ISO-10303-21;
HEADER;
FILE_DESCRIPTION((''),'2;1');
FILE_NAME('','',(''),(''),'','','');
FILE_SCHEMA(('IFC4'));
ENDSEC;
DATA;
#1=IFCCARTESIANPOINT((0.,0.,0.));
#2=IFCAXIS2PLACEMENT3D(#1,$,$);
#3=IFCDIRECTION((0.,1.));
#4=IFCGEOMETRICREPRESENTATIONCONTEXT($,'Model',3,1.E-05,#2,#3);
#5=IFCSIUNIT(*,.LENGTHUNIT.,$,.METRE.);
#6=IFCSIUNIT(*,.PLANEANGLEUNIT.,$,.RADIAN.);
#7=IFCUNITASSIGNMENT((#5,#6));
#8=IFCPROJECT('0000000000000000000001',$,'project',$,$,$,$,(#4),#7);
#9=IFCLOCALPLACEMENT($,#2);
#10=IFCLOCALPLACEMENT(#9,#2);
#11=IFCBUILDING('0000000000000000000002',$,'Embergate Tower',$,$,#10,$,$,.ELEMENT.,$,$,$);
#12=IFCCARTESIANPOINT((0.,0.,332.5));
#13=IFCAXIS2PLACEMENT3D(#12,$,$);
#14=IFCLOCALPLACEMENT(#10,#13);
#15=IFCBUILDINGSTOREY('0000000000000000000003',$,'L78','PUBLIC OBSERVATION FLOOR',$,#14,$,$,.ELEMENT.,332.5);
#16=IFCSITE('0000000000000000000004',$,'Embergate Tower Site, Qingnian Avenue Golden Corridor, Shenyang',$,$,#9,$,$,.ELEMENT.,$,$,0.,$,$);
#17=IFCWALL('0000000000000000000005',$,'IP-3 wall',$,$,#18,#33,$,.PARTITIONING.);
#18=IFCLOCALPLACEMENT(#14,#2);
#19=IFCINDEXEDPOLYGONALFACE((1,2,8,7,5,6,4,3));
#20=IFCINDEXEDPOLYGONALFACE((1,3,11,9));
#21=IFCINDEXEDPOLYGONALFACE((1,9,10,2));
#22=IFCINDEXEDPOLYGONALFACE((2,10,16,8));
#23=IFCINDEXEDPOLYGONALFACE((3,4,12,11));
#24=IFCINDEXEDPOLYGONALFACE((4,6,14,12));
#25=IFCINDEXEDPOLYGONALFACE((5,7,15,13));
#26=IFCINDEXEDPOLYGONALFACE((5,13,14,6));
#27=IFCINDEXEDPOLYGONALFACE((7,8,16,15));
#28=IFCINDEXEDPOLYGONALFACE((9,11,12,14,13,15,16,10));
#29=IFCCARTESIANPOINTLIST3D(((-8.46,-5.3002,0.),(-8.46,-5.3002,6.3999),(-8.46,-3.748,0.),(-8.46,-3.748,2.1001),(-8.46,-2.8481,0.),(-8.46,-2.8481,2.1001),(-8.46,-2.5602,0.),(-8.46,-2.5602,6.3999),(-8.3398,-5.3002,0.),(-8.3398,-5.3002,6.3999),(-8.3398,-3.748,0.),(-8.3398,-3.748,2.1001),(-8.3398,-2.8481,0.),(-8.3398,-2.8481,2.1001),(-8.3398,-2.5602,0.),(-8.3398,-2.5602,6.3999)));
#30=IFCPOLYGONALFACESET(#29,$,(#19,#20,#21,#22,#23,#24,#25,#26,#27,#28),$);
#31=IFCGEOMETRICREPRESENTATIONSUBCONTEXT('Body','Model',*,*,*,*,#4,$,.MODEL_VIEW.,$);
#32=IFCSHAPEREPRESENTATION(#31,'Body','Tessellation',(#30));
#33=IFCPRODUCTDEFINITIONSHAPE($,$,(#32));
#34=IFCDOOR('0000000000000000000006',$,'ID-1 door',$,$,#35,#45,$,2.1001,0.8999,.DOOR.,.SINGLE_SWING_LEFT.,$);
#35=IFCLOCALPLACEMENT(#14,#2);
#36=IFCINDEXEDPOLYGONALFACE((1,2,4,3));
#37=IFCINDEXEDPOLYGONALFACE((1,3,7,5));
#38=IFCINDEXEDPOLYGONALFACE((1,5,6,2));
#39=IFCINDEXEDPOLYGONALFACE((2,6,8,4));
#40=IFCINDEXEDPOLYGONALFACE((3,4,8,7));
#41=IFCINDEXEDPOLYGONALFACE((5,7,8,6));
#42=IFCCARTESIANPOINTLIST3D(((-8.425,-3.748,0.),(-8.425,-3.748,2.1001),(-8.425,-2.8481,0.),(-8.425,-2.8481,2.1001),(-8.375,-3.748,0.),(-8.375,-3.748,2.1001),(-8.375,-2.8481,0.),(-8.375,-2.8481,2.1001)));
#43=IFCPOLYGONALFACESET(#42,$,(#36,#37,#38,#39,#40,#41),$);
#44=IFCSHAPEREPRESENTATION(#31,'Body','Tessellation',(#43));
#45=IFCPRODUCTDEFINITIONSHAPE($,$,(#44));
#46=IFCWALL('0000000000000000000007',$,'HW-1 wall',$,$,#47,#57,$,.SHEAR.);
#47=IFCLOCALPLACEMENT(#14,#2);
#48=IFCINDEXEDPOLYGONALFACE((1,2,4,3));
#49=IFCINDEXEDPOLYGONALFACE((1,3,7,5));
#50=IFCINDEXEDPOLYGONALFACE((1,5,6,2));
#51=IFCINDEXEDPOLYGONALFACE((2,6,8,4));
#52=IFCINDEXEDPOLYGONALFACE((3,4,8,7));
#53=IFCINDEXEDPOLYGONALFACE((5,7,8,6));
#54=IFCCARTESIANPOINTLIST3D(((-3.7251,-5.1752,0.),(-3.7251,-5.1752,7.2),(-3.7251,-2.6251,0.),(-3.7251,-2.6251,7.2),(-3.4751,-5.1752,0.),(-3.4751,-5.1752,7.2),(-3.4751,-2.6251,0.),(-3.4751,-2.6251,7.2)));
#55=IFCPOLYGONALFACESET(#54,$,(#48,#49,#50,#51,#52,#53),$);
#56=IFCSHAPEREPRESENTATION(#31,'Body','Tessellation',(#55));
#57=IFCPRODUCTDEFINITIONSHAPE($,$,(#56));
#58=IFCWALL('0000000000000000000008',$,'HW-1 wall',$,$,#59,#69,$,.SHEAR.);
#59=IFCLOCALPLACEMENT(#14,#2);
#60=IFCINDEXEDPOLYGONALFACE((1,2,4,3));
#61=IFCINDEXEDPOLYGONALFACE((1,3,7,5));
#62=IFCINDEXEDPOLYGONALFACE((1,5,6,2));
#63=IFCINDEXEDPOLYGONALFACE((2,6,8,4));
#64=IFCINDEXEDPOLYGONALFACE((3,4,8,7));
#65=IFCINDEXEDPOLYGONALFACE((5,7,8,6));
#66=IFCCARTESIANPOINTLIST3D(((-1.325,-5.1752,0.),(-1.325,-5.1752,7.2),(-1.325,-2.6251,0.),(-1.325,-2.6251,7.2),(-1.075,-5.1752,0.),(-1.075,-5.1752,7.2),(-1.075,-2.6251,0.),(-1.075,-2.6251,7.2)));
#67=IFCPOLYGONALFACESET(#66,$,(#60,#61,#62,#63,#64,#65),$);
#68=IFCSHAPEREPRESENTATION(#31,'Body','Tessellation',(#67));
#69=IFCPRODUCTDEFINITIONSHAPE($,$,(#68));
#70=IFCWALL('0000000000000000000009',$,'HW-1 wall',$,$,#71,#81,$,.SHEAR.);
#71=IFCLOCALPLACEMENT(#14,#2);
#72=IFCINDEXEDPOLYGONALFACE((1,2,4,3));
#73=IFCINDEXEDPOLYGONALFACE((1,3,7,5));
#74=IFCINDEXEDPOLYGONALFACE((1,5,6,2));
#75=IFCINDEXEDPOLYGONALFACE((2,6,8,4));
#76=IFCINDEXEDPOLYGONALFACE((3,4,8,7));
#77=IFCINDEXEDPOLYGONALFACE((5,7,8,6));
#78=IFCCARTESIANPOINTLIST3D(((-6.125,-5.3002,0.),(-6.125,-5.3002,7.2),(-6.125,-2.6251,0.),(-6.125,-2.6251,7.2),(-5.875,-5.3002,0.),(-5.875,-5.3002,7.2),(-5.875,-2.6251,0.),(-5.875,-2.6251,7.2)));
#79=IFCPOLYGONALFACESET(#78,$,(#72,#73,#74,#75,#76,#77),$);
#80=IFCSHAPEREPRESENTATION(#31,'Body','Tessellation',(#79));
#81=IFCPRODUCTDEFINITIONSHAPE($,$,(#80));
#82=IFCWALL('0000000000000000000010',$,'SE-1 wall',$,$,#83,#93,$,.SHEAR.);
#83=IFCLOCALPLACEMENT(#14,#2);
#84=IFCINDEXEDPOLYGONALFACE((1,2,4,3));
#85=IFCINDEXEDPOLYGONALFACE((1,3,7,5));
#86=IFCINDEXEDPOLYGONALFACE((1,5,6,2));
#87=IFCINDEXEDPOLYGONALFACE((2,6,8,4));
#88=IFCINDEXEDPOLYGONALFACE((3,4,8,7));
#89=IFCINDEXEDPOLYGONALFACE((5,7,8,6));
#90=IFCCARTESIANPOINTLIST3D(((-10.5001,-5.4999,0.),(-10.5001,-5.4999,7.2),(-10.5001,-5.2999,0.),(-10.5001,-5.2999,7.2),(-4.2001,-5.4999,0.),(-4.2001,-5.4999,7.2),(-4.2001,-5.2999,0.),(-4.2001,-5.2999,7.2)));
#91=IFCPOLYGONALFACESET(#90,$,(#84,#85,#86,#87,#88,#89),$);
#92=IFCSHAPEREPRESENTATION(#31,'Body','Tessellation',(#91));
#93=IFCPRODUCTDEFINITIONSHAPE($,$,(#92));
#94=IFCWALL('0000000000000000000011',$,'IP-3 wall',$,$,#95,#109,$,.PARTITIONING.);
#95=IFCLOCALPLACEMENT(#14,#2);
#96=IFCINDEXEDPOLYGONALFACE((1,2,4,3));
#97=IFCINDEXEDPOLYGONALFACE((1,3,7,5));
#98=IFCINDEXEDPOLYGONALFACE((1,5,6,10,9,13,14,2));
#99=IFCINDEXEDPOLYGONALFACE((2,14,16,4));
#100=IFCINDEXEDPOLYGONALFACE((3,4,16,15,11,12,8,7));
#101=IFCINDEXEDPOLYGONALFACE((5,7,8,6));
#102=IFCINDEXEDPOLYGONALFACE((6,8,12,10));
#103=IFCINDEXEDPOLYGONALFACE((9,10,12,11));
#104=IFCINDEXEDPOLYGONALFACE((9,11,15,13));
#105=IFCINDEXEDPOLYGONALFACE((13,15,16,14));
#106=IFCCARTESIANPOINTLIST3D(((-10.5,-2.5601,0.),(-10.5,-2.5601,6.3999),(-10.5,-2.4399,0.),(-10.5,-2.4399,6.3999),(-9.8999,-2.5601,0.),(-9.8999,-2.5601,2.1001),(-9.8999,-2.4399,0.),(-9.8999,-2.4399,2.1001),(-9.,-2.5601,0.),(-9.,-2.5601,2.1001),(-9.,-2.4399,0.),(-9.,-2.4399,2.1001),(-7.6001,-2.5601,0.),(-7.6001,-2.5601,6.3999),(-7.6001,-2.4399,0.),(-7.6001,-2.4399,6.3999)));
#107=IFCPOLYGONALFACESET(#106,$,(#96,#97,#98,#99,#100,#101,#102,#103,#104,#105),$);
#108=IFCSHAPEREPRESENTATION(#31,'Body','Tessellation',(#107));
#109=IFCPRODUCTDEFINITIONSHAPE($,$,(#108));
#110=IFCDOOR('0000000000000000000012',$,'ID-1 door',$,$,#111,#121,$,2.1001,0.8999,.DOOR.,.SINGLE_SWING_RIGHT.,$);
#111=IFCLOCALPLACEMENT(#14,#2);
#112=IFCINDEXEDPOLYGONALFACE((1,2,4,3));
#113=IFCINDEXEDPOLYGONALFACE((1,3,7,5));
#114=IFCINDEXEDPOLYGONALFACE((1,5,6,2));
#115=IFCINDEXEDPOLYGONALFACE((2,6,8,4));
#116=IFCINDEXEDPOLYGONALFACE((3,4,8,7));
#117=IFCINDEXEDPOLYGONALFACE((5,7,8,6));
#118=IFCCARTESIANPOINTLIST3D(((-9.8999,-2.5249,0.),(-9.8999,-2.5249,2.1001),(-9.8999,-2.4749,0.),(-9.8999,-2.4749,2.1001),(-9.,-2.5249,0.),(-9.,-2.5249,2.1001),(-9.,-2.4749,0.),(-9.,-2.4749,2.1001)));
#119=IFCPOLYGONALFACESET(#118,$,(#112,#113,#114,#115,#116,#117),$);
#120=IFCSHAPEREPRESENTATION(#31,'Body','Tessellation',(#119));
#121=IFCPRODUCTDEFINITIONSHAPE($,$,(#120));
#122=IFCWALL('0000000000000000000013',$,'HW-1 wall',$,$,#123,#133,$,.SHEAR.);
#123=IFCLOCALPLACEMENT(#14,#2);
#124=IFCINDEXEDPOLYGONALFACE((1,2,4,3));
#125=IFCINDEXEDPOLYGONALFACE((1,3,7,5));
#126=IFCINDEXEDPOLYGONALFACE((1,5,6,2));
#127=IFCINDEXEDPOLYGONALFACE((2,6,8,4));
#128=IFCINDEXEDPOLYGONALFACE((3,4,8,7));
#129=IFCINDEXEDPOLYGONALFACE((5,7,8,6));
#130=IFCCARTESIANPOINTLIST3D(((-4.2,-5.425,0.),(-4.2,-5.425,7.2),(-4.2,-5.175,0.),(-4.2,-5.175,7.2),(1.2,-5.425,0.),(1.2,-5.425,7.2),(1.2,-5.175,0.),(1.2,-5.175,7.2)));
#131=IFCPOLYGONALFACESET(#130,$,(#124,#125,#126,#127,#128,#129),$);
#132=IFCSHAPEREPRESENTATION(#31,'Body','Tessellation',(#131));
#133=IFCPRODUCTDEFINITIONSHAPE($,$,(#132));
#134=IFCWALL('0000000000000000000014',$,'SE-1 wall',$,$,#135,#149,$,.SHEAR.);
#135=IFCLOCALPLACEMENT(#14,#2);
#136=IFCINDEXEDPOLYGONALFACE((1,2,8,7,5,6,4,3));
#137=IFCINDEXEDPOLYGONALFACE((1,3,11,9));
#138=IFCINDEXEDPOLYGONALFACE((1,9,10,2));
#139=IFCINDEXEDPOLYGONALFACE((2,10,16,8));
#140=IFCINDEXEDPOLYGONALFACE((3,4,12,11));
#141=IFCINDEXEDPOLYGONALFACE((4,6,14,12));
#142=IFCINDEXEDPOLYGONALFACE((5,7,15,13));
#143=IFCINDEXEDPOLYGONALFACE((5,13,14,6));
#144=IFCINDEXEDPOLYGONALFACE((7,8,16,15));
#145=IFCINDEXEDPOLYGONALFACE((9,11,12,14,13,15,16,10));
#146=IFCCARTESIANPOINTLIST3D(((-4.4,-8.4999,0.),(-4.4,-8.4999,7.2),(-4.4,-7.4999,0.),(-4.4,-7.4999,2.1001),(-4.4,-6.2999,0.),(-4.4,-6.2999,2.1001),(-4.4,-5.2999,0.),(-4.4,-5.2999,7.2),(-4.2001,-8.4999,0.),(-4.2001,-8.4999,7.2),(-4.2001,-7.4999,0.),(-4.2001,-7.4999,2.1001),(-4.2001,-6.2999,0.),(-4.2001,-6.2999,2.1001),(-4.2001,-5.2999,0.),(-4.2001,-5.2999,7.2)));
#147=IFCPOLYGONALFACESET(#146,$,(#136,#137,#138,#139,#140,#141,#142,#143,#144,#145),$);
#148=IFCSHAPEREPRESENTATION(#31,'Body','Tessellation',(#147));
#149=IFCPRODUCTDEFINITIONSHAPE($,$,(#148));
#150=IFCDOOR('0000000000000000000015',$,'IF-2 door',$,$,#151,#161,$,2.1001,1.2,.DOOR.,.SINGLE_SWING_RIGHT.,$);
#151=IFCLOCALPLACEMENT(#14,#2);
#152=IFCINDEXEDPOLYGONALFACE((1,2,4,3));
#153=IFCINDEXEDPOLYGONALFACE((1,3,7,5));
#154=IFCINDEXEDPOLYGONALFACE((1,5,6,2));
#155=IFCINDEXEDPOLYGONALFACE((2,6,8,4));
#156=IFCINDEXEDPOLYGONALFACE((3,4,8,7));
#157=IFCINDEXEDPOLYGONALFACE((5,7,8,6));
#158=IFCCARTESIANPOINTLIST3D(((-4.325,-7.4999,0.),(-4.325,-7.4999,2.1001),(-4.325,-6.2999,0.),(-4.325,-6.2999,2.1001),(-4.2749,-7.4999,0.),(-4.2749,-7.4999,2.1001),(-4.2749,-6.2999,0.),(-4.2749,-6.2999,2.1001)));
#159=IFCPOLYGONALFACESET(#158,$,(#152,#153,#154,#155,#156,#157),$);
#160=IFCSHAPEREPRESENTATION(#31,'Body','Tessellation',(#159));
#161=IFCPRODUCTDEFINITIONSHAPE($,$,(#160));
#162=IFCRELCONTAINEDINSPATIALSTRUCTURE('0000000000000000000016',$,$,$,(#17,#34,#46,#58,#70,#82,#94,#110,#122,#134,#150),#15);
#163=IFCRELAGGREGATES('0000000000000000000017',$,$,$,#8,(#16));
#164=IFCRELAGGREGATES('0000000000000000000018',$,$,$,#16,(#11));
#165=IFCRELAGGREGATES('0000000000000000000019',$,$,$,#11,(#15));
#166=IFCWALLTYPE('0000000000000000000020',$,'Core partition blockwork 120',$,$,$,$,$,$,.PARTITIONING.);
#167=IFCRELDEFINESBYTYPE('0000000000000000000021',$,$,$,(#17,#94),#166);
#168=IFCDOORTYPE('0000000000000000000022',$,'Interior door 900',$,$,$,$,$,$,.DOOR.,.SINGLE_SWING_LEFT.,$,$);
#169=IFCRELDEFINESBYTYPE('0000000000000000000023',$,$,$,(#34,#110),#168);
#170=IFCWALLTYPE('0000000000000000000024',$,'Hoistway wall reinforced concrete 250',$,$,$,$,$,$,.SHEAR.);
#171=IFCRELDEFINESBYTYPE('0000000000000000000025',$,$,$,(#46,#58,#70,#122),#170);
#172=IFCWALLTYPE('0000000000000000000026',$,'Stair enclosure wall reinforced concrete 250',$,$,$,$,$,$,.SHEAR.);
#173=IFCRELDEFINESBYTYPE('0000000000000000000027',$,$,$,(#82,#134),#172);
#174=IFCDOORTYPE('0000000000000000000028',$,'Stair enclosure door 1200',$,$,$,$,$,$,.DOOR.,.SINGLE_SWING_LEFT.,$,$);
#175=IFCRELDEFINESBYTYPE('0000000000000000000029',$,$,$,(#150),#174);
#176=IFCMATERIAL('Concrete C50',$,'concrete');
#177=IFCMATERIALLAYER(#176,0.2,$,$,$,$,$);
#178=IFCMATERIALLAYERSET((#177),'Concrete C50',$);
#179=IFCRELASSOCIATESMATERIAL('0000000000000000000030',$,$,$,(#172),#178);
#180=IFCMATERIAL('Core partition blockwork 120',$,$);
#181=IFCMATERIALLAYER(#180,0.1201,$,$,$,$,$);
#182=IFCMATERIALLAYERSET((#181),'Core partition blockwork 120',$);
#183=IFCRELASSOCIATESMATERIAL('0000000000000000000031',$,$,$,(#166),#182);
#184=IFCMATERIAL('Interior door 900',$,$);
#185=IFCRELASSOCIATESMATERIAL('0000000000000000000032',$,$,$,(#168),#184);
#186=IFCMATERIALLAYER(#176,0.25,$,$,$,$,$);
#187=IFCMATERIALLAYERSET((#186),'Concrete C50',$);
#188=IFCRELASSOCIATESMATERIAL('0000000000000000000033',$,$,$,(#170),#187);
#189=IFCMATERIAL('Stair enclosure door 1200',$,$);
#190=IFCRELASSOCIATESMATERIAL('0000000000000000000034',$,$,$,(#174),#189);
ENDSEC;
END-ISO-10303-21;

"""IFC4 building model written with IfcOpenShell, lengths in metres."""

from ifc_helpers import new_model, si_unit, direction, frame, frame_2d, origin, place, context, subcontext, project, spatial, rectangle, extrude, source, transform, mapped, material, layer, layer_set, type_object, element, fill, save


model = new_model("IFC4")

# Units and contexts
model_context = context("Model", 3, precision=1e-05, world=origin(), true_north=direction((0.0, 1.0)))
body_context = subcontext(model_context, "Body", "Model", "MODEL_VIEW")
ifc_project = project(units=[si_unit("LENGTHUNIT", "METRE"), si_unit("PLANEANGLEUNIT", "RADIAN")], contexts=[model_context])

# Site, building, storey
site_placement = place(None, origin())
site = spatial("IfcSite", under=ifc_project, at=site_placement, Name="Embergate Tower Site, Qingnian Avenue Golden Corridor, Shenyang", CompositionType="ELEMENT", RefElevation=0.0)
building_placement = place(site_placement, origin())
building = spatial("IfcBuilding", under=site, at=building_placement, Name="Embergate Tower", CompositionType="ELEMENT")
storey_placement = place(building_placement, frame((0.0, 0.0, 332.5)))
storey = spatial("IfcBuildingStorey", under=building, at=storey_placement, Name="L78", Description="PUBLIC OBSERVATION FLOOR", CompositionType="ELEMENT", Elevation=332.5)

# Shared definitions
ifc_material_1 = material(Name="Concrete C50", Category="concrete")
ifc_layer_1 = layer(ifc_material_1, 0.2)
ifc_layer_set_1 = layer_set([ifc_layer_1], Name="Concrete C50")
wall_type_1 = type_object("IfcWallType", Name="Stair enclosure wall reinforced concrete 250", PredefinedType="SHEAR", material=ifc_layer_set_1)

# Wall, opening, door
ifc_material_2 = material(Name="Core partition blockwork 120")
ifc_layer_2 = layer(ifc_material_2, 0.1201)
ifc_layer_set_2 = layer_set([ifc_layer_2], Name="Core partition blockwork 120")
wall_type_2 = type_object("IfcWallType", Name="Core partition blockwork 120", PredefinedType="PARTITIONING", material=ifc_layer_set_2)
shared_shape_1 = source(origin(), body_context, "Body", "SweptSolid", [
    extrude(rectangle(XDim=2.74, YDim=0.1201, at=frame_2d((1.3701, 0.0))), origin(), (0.0, 0.0, 1.0), 6.3999),
])
wall_1_placement = place(storey_placement, frame((-8.3999, -2.5601, 0.0), z_axis=(0.0, 0.0, 1.0), x_axis=(0.0, -1.0, 0.0)))
wall_1 = element("IfcWall", 1, at=wall_1_placement, inside=storey, type_object=wall_type_2, Name="IP-3 wall", PredefinedType="PARTITIONING", context=body_context, shape_type="MappedRepresentation", body=[
    mapped(shared_shape_1, transform((0.0, 0.0, 0.0))),
])
shared_shape_2 = source(origin(), body_context, "Body", "SweptSolid", [
    extrude(rectangle(XDim=0.8999, YDim=2.1001, at=frame_2d((0.45, 1.05))), frame((0.0, 0.0701, 0.0), z_axis=(0.0, -1.0, 0.0), x_axis=(1.0, 0.0, 0.0)), (0.0, 0.0, 1.0), 0.1401),
])
opening_1_placement = place(wall_1_placement, frame((0.2881, 0.0, 0.0)))
opening_1 = element("IfcOpeningElement", 2, at=opening_1_placement, cuts=wall_1, PredefinedType="OPENING", context=body_context, shape_type="MappedRepresentation", body=[
    mapped(shared_shape_2, transform((0.0, 0.0, 0.0))),
])
ifc_material_3 = material(Name="Interior door 900")
door_type_1 = type_object("IfcDoorType", Name="Interior door 900", OperationType="SINGLE_SWING_LEFT", PredefinedType="DOOR", material=ifc_material_3)
shared_shape_3 = source(origin(), body_context, "Body", "SweptSolid", [
    extrude(rectangle(XDim=0.8999, YDim=2.1001, at=frame_2d((0.45, 1.05))), frame((0.0, 0.0249, 0.0), z_axis=(0.0, -1.0, 0.0), x_axis=(1.0, 0.0, 0.0)), (0.0, 0.0, 1.0), 0.05),
])
door_1_placement = place(opening_1_placement, origin())
door_1 = element("IfcDoor", 3, at=door_1_placement, inside=storey, type_object=door_type_1, Name="ID-1 door", OperationType="SINGLE_SWING_LEFT", OverallHeight=2.1001, OverallWidth=0.8999, PredefinedType="DOOR", context=body_context, shape_type="MappedRepresentation", body=[
    mapped(shared_shape_3, transform((0.0, 0.0, 0.0))),
])
fill(opening_1, door_1)

# Walls
ifc_layer_3 = layer(ifc_material_1, 0.25)
ifc_layer_set_3 = layer_set([ifc_layer_3], Name="Concrete C50")
wall_type_3 = type_object("IfcWallType", Name="Hoistway wall reinforced concrete 250", PredefinedType="SHEAR", material=ifc_layer_set_3)
shared_shape_4 = source(origin(), body_context, "Body", "SweptSolid", [
    extrude(rectangle(XDim=2.55, YDim=0.25, at=frame_2d((1.2749, 0.0))), origin(), (0.0, 0.0, 1.0), 7.2),
])
for number, where, z_axis, x_axis, name in (
    (4, (-3.6001, -5.175, 0.0), (0.0, 0.0, 1.0), (0.0, 1.0, 0.0), "HW-1 wall"),
    (5, (-1.2, -5.175, 0.0), (0.0, 0.0, 1.0), (0.0, 1.0, 0.0), "HW-1 wall"),
):
    element("IfcWall", number, at=place(storey_placement, frame(where, z_axis=z_axis, x_axis=x_axis)), inside=storey, type_object=wall_type_3, Name=name, PredefinedType="SHEAR", context=body_context, shape_type="MappedRepresentation", body=[
        mapped(shared_shape_4, transform((0.0, 0.0, 0.0))),
    ])
shared_shape_5 = source(origin(), body_context, "Body", "SweptSolid", [
    extrude(rectangle(XDim=2.675, YDim=0.25, at=frame_2d((1.3374, 0.0))), origin(), (0.0, 0.0, 1.0), 7.2),
])
wall_2_placement = place(storey_placement, frame((-6.0, -5.3, 0.0), z_axis=(0.0, 0.0, 1.0), x_axis=(0.0, 1.0, 0.0)))
element("IfcWall", 6, at=wall_2_placement, inside=storey, type_object=wall_type_3, Name="HW-1 wall", PredefinedType="SHEAR", context=body_context, shape_type="MappedRepresentation", body=[
    mapped(shared_shape_5, transform((0.0, 0.0, 0.0))),
])
shared_shape_6 = source(origin(), body_context, "Body", "SweptSolid", [
    extrude(rectangle(XDim=6.3, YDim=0.2, at=frame_2d((3.1499, 0.0))), origin(), (0.0, 0.0, 1.0), 7.2),
])
wall_3_placement = place(storey_placement, frame((-10.5, -5.3999, 0.0), z_axis=(0.0, 0.0, 1.0), x_axis=(1.0, 0.0, 0.0)))
element("IfcWall", 7, at=wall_3_placement, inside=storey, type_object=wall_type_1, Name="SE-1 wall", PredefinedType="SHEAR", context=body_context, shape_type="MappedRepresentation", body=[
    mapped(shared_shape_6, transform((0.0, 0.0, 0.0))),
])

# Wall, opening, door
shared_shape_7 = source(origin(), body_context, "Body", "SweptSolid", [
    extrude(rectangle(XDim=2.8999, YDim=0.1201, at=frame_2d((1.45, 0.0))), origin(), (0.0, 0.0, 1.0), 6.3999),
])
wall_4_placement = place(storey_placement, frame((-7.6001, -2.5, 0.0), z_axis=(0.0, 0.0, 1.0), x_axis=(-1.0, 0.0, 0.0)))
wall_4 = element("IfcWall", 8, at=wall_4_placement, inside=storey, type_object=wall_type_2, Name="IP-3 wall", PredefinedType="PARTITIONING", context=body_context, shape_type="MappedRepresentation", body=[
    mapped(shared_shape_7, transform((0.0, 0.0, 0.0))),
])
opening_2_placement = place(wall_4_placement, frame((1.3999, 0.0, 0.0)))
opening_2 = element("IfcOpeningElement", 9, at=opening_2_placement, cuts=wall_4, PredefinedType="OPENING", context=body_context, shape_type="MappedRepresentation", body=[
    mapped(shared_shape_2, transform((0.0, 0.0, 0.0))),
])
door_2_placement = place(opening_2_placement, origin())
door_2 = element("IfcDoor", 10, at=door_2_placement, inside=storey, type_object=door_type_1, Name="ID-1 door", OperationType="SINGLE_SWING_RIGHT", OverallHeight=2.1001, OverallWidth=0.8999, PredefinedType="DOOR", context=body_context, shape_type="MappedRepresentation", body=[
    mapped(shared_shape_3, transform((0.0, 0.0, 0.0))),
])
fill(opening_2, door_2)

# Wall
shared_shape_8 = source(origin(), body_context, "Body", "SweptSolid", [
    extrude(rectangle(XDim=5.3999, YDim=0.25, at=frame_2d((2.7, 0.0))), origin(), (0.0, 0.0, 1.0), 7.2),
])
wall_5_placement = place(storey_placement, frame((-4.2, -5.3, 0.0), z_axis=(0.0, 0.0, 1.0), x_axis=(1.0, 0.0, 0.0)))
element("IfcWall", 11, at=wall_5_placement, inside=storey, type_object=wall_type_3, Name="HW-1 wall", PredefinedType="SHEAR", context=body_context, shape_type="MappedRepresentation", body=[
    mapped(shared_shape_8, transform((0.0, 0.0, 0.0))),
])

# Wall, opening, door
shared_shape_9 = source(origin(), body_context, "Body", "SweptSolid", [
    extrude(rectangle(XDim=3.2, YDim=0.2, at=frame_2d((1.6001, 0.0))), origin(), (0.0, 0.0, 1.0), 7.2),
])
wall_6_placement = place(storey_placement, frame((-4.3, -8.5, 0.0), z_axis=(0.0, 0.0, 1.0), x_axis=(0.0, 1.0, 0.0)))
wall_6 = element("IfcWall", 12, at=wall_6_placement, inside=storey, type_object=wall_type_1, Name="SE-1 wall", PredefinedType="SHEAR", context=body_context, shape_type="MappedRepresentation", body=[
    mapped(shared_shape_9, transform((0.0, 0.0, 0.0))),
])
shared_shape_10 = source(origin(), body_context, "Body", "SweptSolid", [
    extrude(rectangle(XDim=1.2, YDim=2.1001, at=frame_2d((0.6001, 1.05))), frame((0.0, 0.1099, 0.0), z_axis=(0.0, -1.0, 0.0), x_axis=(1.0, 0.0, 0.0)), (0.0, 0.0, 1.0), 0.22),
])
opening_3_placement = place(wall_6_placement, frame((1.0, 0.0, 0.0)))
opening_3 = element("IfcOpeningElement", 13, at=opening_3_placement, cuts=wall_6, PredefinedType="OPENING", context=body_context, shape_type="MappedRepresentation", body=[
    mapped(shared_shape_10, transform((0.0, 0.0, 0.0))),
])
ifc_material_4 = material(Name="Stair enclosure door 1200")
door_type_2 = type_object("IfcDoorType", Name="Stair enclosure door 1200", OperationType="SINGLE_SWING_LEFT", PredefinedType="DOOR", material=ifc_material_4)
shared_shape_11 = source(origin(), body_context, "Body", "SweptSolid", [
    extrude(rectangle(XDim=1.2, YDim=2.1001, at=frame_2d((0.6001, 1.05))), frame((0.0, 0.0249, 0.0), z_axis=(0.0, -1.0, 0.0), x_axis=(1.0, 0.0, 0.0)), (0.0, 0.0, 1.0), 0.05),
])
door_3_placement = place(opening_3_placement, origin())
door_3 = element("IfcDoor", 14, at=door_3_placement, inside=storey, type_object=door_type_2, Name="IF-2 door", OperationType="SINGLE_SWING_RIGHT", OverallHeight=2.1001, OverallWidth=1.2, PredefinedType="DOOR", context=body_context, shape_type="MappedRepresentation", body=[
    mapped(shared_shape_11, transform((0.0, 0.0, 0.0))),
])
fill(opening_3, door_3)

save(model, "model.ifc")
